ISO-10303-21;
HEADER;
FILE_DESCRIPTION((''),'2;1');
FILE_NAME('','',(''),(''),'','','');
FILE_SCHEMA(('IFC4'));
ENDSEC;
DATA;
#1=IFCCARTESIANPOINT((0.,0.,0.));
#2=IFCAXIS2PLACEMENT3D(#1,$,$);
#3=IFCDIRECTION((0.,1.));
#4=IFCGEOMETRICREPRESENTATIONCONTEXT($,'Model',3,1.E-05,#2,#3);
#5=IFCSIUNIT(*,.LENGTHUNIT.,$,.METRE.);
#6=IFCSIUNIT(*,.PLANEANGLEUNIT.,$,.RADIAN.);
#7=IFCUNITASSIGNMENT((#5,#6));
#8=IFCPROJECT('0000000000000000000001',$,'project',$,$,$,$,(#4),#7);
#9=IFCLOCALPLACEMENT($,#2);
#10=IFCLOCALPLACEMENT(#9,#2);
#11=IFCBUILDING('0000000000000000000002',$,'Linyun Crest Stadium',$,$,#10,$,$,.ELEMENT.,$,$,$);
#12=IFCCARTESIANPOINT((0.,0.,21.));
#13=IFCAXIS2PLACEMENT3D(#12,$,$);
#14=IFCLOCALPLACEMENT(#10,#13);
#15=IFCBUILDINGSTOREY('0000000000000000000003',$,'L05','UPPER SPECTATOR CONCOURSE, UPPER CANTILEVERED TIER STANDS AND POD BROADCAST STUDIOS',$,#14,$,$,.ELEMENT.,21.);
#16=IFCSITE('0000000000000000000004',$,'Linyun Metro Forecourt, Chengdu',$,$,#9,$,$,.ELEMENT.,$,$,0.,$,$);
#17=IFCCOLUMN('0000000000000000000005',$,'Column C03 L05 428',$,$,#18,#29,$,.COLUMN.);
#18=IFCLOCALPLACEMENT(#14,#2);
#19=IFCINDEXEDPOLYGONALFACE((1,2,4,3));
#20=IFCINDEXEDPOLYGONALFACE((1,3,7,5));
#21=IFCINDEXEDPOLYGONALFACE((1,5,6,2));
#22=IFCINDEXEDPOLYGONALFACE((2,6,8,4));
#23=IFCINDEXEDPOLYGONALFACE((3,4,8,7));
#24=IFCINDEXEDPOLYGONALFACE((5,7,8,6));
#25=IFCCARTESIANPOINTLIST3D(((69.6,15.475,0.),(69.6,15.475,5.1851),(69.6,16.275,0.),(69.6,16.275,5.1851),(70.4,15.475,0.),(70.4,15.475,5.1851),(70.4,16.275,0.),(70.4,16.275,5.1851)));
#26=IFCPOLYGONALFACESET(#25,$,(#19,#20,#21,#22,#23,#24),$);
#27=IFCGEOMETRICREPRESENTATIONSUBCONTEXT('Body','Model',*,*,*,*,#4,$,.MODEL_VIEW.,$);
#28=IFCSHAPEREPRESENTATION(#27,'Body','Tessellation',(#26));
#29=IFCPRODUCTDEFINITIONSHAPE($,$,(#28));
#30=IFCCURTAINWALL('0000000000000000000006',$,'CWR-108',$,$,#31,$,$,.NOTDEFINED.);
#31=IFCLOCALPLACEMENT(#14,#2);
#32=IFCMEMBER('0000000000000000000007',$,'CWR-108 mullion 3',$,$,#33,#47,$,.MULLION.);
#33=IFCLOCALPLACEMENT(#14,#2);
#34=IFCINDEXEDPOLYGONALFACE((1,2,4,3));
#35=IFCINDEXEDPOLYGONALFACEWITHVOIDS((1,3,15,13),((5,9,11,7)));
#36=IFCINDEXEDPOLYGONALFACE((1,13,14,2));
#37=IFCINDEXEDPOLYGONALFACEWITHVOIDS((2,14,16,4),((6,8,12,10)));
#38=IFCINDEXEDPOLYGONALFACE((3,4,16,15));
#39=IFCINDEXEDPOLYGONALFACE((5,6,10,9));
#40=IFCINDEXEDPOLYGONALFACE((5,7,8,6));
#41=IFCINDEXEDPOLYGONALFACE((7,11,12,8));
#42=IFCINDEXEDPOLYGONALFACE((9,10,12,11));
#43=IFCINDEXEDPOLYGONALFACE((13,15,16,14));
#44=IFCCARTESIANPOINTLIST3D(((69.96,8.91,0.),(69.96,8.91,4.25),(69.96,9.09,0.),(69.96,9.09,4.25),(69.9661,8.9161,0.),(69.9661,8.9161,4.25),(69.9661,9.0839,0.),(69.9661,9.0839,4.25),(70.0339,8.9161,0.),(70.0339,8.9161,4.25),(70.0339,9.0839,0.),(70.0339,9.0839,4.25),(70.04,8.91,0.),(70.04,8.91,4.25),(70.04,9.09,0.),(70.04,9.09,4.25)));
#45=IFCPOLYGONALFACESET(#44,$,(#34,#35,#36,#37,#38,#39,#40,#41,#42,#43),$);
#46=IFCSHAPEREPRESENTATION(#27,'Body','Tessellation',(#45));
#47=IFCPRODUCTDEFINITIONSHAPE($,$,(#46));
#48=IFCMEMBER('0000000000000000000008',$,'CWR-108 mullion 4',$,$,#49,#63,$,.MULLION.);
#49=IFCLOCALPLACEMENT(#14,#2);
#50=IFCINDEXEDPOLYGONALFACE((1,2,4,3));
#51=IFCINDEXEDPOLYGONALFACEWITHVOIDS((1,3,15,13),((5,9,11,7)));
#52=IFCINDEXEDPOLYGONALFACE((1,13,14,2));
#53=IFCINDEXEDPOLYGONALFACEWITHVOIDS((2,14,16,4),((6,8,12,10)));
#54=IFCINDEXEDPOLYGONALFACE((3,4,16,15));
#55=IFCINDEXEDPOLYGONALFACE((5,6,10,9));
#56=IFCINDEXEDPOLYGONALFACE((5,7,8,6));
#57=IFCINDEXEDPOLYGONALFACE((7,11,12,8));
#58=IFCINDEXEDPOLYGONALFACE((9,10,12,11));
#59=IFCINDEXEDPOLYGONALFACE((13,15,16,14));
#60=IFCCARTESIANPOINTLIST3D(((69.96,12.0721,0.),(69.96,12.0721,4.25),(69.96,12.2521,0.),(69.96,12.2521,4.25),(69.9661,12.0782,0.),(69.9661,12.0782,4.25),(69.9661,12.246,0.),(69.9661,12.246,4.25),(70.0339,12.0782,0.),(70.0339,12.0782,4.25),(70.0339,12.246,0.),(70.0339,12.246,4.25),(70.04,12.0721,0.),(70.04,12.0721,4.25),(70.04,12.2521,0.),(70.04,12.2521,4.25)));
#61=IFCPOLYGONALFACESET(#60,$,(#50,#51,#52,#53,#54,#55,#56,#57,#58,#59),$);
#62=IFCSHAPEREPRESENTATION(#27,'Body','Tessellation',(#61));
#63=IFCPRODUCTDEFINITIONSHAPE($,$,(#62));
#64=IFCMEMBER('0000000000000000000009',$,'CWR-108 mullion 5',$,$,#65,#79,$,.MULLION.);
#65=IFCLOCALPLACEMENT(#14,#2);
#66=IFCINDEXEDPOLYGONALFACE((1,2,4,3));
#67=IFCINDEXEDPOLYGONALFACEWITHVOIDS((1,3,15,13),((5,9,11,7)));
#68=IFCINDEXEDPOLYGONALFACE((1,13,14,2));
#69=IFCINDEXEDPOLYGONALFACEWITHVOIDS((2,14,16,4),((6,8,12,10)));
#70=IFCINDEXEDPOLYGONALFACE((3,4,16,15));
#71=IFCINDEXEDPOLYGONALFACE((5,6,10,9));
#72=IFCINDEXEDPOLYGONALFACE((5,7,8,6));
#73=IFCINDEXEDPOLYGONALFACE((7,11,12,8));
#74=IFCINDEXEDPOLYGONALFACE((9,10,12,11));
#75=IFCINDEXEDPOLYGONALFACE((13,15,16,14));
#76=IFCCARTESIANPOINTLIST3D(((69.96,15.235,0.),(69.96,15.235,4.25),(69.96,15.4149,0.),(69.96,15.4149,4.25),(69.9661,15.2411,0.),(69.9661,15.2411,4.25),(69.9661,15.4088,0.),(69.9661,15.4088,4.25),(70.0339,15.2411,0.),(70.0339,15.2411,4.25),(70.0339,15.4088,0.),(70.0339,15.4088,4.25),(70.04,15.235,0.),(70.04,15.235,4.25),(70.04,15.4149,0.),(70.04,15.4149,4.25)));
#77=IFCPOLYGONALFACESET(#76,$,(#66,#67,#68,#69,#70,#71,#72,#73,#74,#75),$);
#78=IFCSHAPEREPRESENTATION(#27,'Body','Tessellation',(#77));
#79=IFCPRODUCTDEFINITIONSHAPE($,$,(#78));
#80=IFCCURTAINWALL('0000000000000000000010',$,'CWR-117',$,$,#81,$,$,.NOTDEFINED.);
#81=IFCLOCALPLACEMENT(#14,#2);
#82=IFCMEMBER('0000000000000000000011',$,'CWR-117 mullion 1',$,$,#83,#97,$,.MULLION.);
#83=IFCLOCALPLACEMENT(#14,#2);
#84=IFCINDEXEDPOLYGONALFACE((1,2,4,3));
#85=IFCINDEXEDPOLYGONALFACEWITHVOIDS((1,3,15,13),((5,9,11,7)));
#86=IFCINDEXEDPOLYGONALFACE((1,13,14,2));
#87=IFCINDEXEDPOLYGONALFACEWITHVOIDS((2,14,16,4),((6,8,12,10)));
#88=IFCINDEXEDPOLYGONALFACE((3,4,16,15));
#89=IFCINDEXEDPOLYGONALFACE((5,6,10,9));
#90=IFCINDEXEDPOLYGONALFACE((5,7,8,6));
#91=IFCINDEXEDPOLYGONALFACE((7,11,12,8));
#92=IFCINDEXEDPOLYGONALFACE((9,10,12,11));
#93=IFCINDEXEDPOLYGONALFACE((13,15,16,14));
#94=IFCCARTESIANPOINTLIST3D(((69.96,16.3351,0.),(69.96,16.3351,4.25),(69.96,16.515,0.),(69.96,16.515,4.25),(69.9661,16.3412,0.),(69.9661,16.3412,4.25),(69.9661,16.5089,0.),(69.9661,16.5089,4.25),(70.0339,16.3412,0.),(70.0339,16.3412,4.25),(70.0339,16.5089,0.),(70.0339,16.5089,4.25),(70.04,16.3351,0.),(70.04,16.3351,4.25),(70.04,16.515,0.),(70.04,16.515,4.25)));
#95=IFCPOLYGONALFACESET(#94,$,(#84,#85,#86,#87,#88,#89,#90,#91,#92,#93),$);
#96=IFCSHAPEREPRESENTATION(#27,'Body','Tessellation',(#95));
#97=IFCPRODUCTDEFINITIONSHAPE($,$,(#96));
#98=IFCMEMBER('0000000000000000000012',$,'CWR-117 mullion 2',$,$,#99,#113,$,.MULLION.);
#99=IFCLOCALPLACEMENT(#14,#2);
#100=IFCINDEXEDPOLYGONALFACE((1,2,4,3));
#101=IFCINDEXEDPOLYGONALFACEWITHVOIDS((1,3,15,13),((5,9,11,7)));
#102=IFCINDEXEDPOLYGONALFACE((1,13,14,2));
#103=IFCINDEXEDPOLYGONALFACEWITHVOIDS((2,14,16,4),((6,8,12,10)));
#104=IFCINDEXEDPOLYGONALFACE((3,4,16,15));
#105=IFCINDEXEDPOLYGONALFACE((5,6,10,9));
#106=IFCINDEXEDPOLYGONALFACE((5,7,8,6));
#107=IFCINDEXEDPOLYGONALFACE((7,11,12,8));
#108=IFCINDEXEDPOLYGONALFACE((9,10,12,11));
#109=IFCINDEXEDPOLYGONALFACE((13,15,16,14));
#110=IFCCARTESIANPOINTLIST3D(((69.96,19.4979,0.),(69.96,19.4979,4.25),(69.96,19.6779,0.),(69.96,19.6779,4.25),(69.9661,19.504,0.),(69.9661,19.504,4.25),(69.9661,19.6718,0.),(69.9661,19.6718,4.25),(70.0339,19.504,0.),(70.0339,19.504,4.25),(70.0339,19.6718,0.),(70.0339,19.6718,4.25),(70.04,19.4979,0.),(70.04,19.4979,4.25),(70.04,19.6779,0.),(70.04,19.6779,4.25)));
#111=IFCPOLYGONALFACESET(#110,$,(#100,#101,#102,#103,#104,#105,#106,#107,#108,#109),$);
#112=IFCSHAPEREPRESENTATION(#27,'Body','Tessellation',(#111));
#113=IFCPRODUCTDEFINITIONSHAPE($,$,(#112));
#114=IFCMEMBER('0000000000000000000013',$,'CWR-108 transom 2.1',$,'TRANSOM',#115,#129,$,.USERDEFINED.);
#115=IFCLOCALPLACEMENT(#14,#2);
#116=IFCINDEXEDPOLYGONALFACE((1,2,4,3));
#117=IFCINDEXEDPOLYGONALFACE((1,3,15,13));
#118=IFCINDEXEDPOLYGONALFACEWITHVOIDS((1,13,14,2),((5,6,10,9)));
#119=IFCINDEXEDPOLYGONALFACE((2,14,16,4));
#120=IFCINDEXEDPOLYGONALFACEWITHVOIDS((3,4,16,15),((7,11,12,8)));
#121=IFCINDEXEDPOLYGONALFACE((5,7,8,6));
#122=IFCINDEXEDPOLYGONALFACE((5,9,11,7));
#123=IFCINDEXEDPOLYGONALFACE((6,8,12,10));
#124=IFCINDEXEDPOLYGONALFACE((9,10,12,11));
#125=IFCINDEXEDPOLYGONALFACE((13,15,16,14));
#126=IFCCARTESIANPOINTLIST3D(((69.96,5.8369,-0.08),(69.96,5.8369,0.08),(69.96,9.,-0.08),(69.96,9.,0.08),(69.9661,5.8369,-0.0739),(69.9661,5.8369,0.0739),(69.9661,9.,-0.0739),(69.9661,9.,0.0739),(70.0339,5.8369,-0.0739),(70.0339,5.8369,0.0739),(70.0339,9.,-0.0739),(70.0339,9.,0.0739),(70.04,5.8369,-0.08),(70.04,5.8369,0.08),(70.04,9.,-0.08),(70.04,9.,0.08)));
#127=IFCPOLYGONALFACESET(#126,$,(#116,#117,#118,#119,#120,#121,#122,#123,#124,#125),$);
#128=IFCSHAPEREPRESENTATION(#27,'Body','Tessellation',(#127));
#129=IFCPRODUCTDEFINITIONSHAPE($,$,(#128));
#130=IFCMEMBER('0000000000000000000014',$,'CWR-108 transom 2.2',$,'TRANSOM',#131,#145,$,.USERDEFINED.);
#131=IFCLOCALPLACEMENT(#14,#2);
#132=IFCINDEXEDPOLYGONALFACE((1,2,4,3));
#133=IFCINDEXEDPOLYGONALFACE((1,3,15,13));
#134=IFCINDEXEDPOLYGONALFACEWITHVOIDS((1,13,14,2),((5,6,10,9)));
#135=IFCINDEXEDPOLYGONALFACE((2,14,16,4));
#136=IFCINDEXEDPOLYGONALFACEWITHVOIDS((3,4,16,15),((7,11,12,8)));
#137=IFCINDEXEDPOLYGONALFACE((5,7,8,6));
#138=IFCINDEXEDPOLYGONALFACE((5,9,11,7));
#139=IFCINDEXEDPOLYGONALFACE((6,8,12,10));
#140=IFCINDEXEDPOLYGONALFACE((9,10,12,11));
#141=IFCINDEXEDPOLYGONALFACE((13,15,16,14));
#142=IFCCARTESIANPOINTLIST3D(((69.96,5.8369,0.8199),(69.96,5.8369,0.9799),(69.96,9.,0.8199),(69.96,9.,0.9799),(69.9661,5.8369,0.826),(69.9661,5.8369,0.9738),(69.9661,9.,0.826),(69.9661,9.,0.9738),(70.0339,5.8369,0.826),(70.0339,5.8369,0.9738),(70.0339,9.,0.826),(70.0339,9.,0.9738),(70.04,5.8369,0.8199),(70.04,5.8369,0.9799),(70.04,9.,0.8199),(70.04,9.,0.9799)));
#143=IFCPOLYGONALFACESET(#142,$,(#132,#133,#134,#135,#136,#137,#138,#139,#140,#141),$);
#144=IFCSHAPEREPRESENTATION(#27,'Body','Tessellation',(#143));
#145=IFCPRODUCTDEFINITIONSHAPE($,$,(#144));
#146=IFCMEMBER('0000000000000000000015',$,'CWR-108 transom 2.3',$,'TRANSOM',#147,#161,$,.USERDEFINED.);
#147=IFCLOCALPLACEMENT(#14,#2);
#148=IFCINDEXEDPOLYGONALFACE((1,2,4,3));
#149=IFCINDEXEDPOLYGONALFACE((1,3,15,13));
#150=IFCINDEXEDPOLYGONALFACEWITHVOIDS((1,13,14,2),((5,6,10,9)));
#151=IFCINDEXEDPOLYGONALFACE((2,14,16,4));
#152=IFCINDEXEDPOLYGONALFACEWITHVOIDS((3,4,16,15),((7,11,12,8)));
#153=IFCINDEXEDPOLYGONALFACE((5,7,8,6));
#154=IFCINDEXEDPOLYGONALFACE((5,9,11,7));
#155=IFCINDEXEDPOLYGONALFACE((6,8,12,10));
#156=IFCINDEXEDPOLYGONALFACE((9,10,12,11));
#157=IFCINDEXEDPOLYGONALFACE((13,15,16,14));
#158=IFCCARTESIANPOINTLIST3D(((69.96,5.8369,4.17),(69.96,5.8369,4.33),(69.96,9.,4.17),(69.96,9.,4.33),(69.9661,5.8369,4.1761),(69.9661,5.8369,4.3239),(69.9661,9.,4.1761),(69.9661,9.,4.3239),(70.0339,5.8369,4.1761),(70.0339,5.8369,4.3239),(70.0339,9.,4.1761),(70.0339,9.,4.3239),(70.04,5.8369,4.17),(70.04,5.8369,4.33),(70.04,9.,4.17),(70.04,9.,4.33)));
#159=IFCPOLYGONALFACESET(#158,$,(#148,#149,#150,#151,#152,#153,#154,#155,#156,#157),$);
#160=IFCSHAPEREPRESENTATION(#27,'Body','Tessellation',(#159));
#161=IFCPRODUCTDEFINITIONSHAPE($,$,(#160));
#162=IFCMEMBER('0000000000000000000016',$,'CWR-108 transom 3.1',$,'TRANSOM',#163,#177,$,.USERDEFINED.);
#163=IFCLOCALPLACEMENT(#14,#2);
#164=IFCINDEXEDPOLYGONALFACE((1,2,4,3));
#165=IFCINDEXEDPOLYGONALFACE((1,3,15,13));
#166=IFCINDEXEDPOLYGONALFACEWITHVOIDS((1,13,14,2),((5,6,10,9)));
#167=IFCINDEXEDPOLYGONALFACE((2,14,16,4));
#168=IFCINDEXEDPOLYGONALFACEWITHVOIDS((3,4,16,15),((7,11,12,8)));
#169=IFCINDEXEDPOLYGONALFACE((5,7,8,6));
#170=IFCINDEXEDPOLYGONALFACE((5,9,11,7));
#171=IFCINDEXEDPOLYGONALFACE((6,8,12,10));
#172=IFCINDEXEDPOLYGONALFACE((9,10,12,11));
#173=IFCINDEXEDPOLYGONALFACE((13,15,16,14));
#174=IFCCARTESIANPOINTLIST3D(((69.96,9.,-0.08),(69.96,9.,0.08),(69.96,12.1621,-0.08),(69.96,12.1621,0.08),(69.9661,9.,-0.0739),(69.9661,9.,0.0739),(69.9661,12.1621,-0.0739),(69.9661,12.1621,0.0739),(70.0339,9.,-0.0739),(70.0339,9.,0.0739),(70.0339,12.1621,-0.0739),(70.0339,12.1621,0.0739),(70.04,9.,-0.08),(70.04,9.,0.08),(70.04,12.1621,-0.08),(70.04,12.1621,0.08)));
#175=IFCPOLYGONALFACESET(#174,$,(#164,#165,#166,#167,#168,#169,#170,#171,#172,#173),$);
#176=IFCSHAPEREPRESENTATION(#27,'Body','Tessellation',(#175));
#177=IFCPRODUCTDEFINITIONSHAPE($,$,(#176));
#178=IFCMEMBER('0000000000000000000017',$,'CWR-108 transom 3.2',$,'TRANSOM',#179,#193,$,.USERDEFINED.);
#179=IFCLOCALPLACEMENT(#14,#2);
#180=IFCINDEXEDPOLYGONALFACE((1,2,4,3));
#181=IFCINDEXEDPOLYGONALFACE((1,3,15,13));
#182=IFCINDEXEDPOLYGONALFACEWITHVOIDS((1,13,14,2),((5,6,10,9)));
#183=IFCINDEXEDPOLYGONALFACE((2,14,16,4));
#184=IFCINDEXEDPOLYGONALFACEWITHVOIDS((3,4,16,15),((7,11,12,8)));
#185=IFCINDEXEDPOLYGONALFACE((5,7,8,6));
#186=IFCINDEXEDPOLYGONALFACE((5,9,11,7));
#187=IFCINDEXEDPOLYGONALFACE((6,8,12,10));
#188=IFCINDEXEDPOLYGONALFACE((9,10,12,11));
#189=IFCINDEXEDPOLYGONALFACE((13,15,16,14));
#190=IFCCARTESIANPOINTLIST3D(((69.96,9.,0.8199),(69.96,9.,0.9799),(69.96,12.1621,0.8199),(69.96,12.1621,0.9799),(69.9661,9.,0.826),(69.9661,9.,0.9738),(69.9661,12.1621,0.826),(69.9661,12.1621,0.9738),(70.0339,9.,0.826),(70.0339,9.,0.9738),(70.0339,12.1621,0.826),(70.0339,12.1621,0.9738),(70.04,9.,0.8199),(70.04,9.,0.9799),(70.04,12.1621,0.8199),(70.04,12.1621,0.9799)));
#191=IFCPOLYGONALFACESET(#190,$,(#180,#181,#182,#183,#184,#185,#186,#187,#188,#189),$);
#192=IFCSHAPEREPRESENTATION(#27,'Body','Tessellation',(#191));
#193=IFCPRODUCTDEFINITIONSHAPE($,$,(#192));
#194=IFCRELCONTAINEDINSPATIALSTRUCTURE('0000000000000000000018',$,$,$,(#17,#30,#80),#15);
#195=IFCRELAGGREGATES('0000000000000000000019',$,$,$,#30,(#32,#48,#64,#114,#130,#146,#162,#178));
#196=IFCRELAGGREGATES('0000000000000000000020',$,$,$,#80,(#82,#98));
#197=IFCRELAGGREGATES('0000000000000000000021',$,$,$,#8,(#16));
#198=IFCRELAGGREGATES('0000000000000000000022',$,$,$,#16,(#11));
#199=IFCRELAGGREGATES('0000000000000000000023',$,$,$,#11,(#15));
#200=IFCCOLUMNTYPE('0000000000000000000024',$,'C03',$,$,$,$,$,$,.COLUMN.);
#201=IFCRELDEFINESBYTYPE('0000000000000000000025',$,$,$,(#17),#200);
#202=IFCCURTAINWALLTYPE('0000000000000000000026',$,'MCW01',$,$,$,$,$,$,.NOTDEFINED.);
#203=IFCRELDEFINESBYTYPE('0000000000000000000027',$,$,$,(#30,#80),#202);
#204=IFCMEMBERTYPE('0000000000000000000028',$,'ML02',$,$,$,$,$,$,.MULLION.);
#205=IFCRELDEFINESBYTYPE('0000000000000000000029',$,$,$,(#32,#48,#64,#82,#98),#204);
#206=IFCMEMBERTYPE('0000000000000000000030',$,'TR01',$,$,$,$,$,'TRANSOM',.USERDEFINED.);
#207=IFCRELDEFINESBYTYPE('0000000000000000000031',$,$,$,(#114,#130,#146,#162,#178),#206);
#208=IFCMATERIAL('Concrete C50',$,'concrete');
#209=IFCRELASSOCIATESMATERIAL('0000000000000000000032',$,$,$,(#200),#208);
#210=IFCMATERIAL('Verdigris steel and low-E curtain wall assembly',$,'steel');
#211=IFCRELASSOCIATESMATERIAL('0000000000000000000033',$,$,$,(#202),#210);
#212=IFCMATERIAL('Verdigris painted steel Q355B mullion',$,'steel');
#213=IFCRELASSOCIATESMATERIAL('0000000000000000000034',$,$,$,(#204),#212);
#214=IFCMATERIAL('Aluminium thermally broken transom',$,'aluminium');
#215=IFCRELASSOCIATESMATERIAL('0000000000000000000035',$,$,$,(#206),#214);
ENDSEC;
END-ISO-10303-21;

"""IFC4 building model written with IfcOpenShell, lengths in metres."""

from ifc_helpers import new_model, si_unit, direction, frame, origin, origin_2d, place, context, subcontext, project, spatial, rectangle, hollow_rectangle, extrude, material, material_profile, profile_set, type_object, element, aggregate, save


model = new_model("IFC4")

# Units and contexts
model_context = context("Model", 3, precision=1e-05, world=origin(), true_north=direction((0.0, 1.0)))
body_context = subcontext(model_context, "Body", "Model", "MODEL_VIEW")
ifc_project = project(units=[si_unit("LENGTHUNIT", "METRE"), si_unit("PLANEANGLEUNIT", "RADIAN")], contexts=[model_context])

# Site, building, storey
site_placement = place(None, origin())
site = spatial("IfcSite", under=ifc_project, at=site_placement, Name="Linyun Metro Forecourt, Chengdu", CompositionType="ELEMENT", RefElevation=0.0)
building_placement = place(site_placement, origin())
building = spatial("IfcBuilding", under=site, at=building_placement, Name="Linyun Crest Stadium", CompositionType="ELEMENT")
storey_placement = place(building_placement, frame((0.0, 0.0, 21.0)))
storey = spatial("IfcBuildingStorey", under=building, at=storey_placement, Name="L05", Description="UPPER SPECTATOR CONCOURSE, UPPER CANTILEVERED TIER STANDS AND POD BROADCAST STUDIOS", CompositionType="ELEMENT", Elevation=21.0)

# Column
ifc_material_1 = material(Name="Concrete C50", Category="concrete")
ifc_material_profile_1 = material_profile(ifc_material_1, rectangle(XDim=0.8, YDim=0.8, at=origin_2d()), Name="RC 800x800")
ifc_profile_set_1 = profile_set([ifc_material_profile_1], Name="Concrete C50")
column_type = type_object("IfcColumnType", Name="C03", PredefinedType="COLUMN", material=ifc_profile_set_1)
column_placement = place(storey_placement, frame((70.0, 15.875, 0.0), z_axis=(0.0, 0.0, 1.0), x_axis=(1.0, 0.0, 0.0)))
element("IfcColumn", 1, at=column_placement, inside=storey, type_object=column_type, Name="Column C03 L05 428", PredefinedType="COLUMN", context=body_context, shape_type="SweptSolid", body=[
    extrude(rectangle(XDim=0.8, YDim=0.8, at=origin_2d()), origin(), (0.0, 0.0, 1.0), 5.1851),
])

# Curtain walls, members
ifc_material_2 = material(Name="Verdigris steel and low-E curtain wall assembly", Category="steel")
curtain_wall_type = type_object("IfcCurtainWallType", Name="MCW01", PredefinedType="NOTDEFINED", material=ifc_material_2)
curtain_wall_1_placement = place(storey_placement, origin())
curtain_wall_1 = element("IfcCurtainWall", 2, at=curtain_wall_1_placement, inside=storey, type_object=curtain_wall_type, Name="CWR-108", PredefinedType="NOTDEFINED")
ifc_material_3 = material(Name="Verdigris painted steel Q355B mullion", Category="steel")
ifc_material_profile_2 = material_profile(ifc_material_3, hollow_rectangle(XDim=0.0801, YDim=0.1799, WallThickness=0.0061, at=origin_2d()), Name="RHS 180x80x6")
ifc_profile_set_2 = profile_set([ifc_material_profile_2], Name="Verdigris painted steel Q355B mullion")
member_type_1 = type_object("IfcMemberType", Name="ML02", PredefinedType="MULLION", material=ifc_profile_set_2)
member_1_placement = place(storey_placement, frame((70.0, 9.0, 0.0), z_axis=(0.0, 0.0, 1.0), x_axis=(-1.0, 0.0, 0.0)))
member_1 = element("IfcMember", 3, at=member_1_placement, type_object=member_type_1, Name="CWR-108 mullion 3", PredefinedType="MULLION", context=body_context, shape_type="SweptSolid", body=[
    extrude(hollow_rectangle(XDim=0.0801, YDim=0.1799, WallThickness=0.0061, at=origin_2d()), origin(), (0.0, 0.0, 1.0), 4.25),
])
member_2_placement = place(storey_placement, frame((70.0, 12.1621, 0.0), z_axis=(0.0, 0.0, 1.0), x_axis=(-1.0, 0.0, 0.0)))
member_2 = element("IfcMember", 4, at=member_2_placement, type_object=member_type_1, Name="CWR-108 mullion 4", PredefinedType="MULLION", context=body_context, shape_type="SweptSolid", body=[
    extrude(hollow_rectangle(XDim=0.0801, YDim=0.1799, WallThickness=0.0061, at=origin_2d()), origin(), (0.0, 0.0, 1.0), 4.25),
])
member_3_placement = place(storey_placement, frame((70.0, 15.325, 0.0), z_axis=(0.0, 0.0, 1.0), x_axis=(-1.0, 0.0, 0.0)))
member_3 = element("IfcMember", 5, at=member_3_placement, type_object=member_type_1, Name="CWR-108 mullion 5", PredefinedType="MULLION", context=body_context, shape_type="SweptSolid", body=[
    extrude(hollow_rectangle(XDim=0.0801, YDim=0.1799, WallThickness=0.0061, at=origin_2d()), origin(), (0.0, 0.0, 1.0), 4.25),
])
curtain_wall_2_placement = place(storey_placement, origin())
curtain_wall_2 = element("IfcCurtainWall", 6, at=curtain_wall_2_placement, inside=storey, type_object=curtain_wall_type, Name="CWR-117", PredefinedType="NOTDEFINED")
member_4_placement = place(storey_placement, frame((70.0, 16.425, 0.0), z_axis=(0.0, 0.0, 1.0), x_axis=(-1.0, 0.0, 0.0)))
member_4 = element("IfcMember", 7, at=member_4_placement, type_object=member_type_1, Name="CWR-117 mullion 1", PredefinedType="MULLION", context=body_context, shape_type="SweptSolid", body=[
    extrude(hollow_rectangle(XDim=0.0801, YDim=0.1799, WallThickness=0.0061, at=origin_2d()), origin(), (0.0, 0.0, 1.0), 4.25),
])
member_5_placement = place(storey_placement, frame((70.0, 19.5879, 0.0), z_axis=(0.0, 0.0, 1.0), x_axis=(-1.0, 0.0, 0.0)))
member_5 = element("IfcMember", 8, at=member_5_placement, type_object=member_type_1, Name="CWR-117 mullion 2", PredefinedType="MULLION", context=body_context, shape_type="SweptSolid", body=[
    extrude(hollow_rectangle(XDim=0.0801, YDim=0.1799, WallThickness=0.0061, at=origin_2d()), origin(), (0.0, 0.0, 1.0), 4.25),
])

# Members
ifc_material_4 = material(Name="Aluminium thermally broken transom", Category="aluminium")
ifc_material_profile_3 = material_profile(ifc_material_4, hollow_rectangle(XDim=0.0801, YDim=0.1599, WallThickness=0.0061, at=origin_2d()), Name="RHS 160x80x6")
ifc_profile_set_3 = profile_set([ifc_material_profile_3], Name="Aluminium thermally broken transom")
member_type_2 = type_object("IfcMemberType", Name="TR01", ElementType="TRANSOM", PredefinedType="USERDEFINED", material=ifc_profile_set_3)
member_6_placement = place(storey_placement, frame((70.0, 5.8369, 0.0), z_axis=(0.0, 1.0, 0.0), x_axis=(-1.0, 0.0, 0.0)))
member_6 = element("IfcMember", 9, at=member_6_placement, type_object=member_type_2, Name="CWR-108 transom 2.1", ObjectType="TRANSOM", PredefinedType="USERDEFINED", context=body_context, shape_type="SweptSolid", body=[
    extrude(hollow_rectangle(XDim=0.0801, YDim=0.1599, WallThickness=0.0061, at=origin_2d()), origin(), (0.0, 0.0, 1.0), 3.1631),
])
member_7_placement = place(storey_placement, frame((70.0, 5.8369, 0.8999), z_axis=(0.0, 1.0, 0.0), x_axis=(-1.0, 0.0, 0.0)))
member_7 = element("IfcMember", 10, at=member_7_placement, type_object=member_type_2, Name="CWR-108 transom 2.2", ObjectType="TRANSOM", PredefinedType="USERDEFINED", context=body_context, shape_type="SweptSolid", body=[
    extrude(hollow_rectangle(XDim=0.0801, YDim=0.1599, WallThickness=0.0061, at=origin_2d()), origin(), (0.0, 0.0, 1.0), 3.1631),
])
member_8_placement = place(storey_placement, frame((70.0, 5.8369, 4.25), z_axis=(0.0, 1.0, 0.0), x_axis=(-1.0, 0.0, 0.0)))
member_8 = element("IfcMember", 11, at=member_8_placement, type_object=member_type_2, Name="CWR-108 transom 2.3", ObjectType="TRANSOM", PredefinedType="USERDEFINED", context=body_context, shape_type="SweptSolid", body=[
    extrude(hollow_rectangle(XDim=0.0801, YDim=0.1599, WallThickness=0.0061, at=origin_2d()), origin(), (0.0, 0.0, 1.0), 3.1631),
])
member_9_placement = place(storey_placement, frame((70.0, 9.0, 0.0), z_axis=(0.0, 1.0, 0.0), x_axis=(-1.0, 0.0, 0.0)))
member_9 = element("IfcMember", 12, at=member_9_placement, type_object=member_type_2, Name="CWR-108 transom 3.1", ObjectType="TRANSOM", PredefinedType="USERDEFINED", context=body_context, shape_type="SweptSolid", body=[
    extrude(hollow_rectangle(XDim=0.0801, YDim=0.1599, WallThickness=0.0061, at=origin_2d()), origin(), (0.0, 0.0, 1.0), 3.1621),
])
member_10_placement = place(storey_placement, frame((70.0, 9.0, 0.8999), z_axis=(0.0, 1.0, 0.0), x_axis=(-1.0, 0.0, 0.0)))
member_10 = element("IfcMember", 13, at=member_10_placement, type_object=member_type_2, Name="CWR-108 transom 3.2", ObjectType="TRANSOM", PredefinedType="USERDEFINED", context=body_context, shape_type="SweptSolid", body=[
    extrude(hollow_rectangle(XDim=0.0801, YDim=0.1599, WallThickness=0.0061, at=origin_2d()), origin(), (0.0, 0.0, 1.0), 3.1621),
])

aggregate(curtain_wall_1, [member_1, member_2, member_3, member_6, member_7, member_8, member_9, member_10])
aggregate(curtain_wall_2, [member_4, member_5])

save(model, "model.ifc")
